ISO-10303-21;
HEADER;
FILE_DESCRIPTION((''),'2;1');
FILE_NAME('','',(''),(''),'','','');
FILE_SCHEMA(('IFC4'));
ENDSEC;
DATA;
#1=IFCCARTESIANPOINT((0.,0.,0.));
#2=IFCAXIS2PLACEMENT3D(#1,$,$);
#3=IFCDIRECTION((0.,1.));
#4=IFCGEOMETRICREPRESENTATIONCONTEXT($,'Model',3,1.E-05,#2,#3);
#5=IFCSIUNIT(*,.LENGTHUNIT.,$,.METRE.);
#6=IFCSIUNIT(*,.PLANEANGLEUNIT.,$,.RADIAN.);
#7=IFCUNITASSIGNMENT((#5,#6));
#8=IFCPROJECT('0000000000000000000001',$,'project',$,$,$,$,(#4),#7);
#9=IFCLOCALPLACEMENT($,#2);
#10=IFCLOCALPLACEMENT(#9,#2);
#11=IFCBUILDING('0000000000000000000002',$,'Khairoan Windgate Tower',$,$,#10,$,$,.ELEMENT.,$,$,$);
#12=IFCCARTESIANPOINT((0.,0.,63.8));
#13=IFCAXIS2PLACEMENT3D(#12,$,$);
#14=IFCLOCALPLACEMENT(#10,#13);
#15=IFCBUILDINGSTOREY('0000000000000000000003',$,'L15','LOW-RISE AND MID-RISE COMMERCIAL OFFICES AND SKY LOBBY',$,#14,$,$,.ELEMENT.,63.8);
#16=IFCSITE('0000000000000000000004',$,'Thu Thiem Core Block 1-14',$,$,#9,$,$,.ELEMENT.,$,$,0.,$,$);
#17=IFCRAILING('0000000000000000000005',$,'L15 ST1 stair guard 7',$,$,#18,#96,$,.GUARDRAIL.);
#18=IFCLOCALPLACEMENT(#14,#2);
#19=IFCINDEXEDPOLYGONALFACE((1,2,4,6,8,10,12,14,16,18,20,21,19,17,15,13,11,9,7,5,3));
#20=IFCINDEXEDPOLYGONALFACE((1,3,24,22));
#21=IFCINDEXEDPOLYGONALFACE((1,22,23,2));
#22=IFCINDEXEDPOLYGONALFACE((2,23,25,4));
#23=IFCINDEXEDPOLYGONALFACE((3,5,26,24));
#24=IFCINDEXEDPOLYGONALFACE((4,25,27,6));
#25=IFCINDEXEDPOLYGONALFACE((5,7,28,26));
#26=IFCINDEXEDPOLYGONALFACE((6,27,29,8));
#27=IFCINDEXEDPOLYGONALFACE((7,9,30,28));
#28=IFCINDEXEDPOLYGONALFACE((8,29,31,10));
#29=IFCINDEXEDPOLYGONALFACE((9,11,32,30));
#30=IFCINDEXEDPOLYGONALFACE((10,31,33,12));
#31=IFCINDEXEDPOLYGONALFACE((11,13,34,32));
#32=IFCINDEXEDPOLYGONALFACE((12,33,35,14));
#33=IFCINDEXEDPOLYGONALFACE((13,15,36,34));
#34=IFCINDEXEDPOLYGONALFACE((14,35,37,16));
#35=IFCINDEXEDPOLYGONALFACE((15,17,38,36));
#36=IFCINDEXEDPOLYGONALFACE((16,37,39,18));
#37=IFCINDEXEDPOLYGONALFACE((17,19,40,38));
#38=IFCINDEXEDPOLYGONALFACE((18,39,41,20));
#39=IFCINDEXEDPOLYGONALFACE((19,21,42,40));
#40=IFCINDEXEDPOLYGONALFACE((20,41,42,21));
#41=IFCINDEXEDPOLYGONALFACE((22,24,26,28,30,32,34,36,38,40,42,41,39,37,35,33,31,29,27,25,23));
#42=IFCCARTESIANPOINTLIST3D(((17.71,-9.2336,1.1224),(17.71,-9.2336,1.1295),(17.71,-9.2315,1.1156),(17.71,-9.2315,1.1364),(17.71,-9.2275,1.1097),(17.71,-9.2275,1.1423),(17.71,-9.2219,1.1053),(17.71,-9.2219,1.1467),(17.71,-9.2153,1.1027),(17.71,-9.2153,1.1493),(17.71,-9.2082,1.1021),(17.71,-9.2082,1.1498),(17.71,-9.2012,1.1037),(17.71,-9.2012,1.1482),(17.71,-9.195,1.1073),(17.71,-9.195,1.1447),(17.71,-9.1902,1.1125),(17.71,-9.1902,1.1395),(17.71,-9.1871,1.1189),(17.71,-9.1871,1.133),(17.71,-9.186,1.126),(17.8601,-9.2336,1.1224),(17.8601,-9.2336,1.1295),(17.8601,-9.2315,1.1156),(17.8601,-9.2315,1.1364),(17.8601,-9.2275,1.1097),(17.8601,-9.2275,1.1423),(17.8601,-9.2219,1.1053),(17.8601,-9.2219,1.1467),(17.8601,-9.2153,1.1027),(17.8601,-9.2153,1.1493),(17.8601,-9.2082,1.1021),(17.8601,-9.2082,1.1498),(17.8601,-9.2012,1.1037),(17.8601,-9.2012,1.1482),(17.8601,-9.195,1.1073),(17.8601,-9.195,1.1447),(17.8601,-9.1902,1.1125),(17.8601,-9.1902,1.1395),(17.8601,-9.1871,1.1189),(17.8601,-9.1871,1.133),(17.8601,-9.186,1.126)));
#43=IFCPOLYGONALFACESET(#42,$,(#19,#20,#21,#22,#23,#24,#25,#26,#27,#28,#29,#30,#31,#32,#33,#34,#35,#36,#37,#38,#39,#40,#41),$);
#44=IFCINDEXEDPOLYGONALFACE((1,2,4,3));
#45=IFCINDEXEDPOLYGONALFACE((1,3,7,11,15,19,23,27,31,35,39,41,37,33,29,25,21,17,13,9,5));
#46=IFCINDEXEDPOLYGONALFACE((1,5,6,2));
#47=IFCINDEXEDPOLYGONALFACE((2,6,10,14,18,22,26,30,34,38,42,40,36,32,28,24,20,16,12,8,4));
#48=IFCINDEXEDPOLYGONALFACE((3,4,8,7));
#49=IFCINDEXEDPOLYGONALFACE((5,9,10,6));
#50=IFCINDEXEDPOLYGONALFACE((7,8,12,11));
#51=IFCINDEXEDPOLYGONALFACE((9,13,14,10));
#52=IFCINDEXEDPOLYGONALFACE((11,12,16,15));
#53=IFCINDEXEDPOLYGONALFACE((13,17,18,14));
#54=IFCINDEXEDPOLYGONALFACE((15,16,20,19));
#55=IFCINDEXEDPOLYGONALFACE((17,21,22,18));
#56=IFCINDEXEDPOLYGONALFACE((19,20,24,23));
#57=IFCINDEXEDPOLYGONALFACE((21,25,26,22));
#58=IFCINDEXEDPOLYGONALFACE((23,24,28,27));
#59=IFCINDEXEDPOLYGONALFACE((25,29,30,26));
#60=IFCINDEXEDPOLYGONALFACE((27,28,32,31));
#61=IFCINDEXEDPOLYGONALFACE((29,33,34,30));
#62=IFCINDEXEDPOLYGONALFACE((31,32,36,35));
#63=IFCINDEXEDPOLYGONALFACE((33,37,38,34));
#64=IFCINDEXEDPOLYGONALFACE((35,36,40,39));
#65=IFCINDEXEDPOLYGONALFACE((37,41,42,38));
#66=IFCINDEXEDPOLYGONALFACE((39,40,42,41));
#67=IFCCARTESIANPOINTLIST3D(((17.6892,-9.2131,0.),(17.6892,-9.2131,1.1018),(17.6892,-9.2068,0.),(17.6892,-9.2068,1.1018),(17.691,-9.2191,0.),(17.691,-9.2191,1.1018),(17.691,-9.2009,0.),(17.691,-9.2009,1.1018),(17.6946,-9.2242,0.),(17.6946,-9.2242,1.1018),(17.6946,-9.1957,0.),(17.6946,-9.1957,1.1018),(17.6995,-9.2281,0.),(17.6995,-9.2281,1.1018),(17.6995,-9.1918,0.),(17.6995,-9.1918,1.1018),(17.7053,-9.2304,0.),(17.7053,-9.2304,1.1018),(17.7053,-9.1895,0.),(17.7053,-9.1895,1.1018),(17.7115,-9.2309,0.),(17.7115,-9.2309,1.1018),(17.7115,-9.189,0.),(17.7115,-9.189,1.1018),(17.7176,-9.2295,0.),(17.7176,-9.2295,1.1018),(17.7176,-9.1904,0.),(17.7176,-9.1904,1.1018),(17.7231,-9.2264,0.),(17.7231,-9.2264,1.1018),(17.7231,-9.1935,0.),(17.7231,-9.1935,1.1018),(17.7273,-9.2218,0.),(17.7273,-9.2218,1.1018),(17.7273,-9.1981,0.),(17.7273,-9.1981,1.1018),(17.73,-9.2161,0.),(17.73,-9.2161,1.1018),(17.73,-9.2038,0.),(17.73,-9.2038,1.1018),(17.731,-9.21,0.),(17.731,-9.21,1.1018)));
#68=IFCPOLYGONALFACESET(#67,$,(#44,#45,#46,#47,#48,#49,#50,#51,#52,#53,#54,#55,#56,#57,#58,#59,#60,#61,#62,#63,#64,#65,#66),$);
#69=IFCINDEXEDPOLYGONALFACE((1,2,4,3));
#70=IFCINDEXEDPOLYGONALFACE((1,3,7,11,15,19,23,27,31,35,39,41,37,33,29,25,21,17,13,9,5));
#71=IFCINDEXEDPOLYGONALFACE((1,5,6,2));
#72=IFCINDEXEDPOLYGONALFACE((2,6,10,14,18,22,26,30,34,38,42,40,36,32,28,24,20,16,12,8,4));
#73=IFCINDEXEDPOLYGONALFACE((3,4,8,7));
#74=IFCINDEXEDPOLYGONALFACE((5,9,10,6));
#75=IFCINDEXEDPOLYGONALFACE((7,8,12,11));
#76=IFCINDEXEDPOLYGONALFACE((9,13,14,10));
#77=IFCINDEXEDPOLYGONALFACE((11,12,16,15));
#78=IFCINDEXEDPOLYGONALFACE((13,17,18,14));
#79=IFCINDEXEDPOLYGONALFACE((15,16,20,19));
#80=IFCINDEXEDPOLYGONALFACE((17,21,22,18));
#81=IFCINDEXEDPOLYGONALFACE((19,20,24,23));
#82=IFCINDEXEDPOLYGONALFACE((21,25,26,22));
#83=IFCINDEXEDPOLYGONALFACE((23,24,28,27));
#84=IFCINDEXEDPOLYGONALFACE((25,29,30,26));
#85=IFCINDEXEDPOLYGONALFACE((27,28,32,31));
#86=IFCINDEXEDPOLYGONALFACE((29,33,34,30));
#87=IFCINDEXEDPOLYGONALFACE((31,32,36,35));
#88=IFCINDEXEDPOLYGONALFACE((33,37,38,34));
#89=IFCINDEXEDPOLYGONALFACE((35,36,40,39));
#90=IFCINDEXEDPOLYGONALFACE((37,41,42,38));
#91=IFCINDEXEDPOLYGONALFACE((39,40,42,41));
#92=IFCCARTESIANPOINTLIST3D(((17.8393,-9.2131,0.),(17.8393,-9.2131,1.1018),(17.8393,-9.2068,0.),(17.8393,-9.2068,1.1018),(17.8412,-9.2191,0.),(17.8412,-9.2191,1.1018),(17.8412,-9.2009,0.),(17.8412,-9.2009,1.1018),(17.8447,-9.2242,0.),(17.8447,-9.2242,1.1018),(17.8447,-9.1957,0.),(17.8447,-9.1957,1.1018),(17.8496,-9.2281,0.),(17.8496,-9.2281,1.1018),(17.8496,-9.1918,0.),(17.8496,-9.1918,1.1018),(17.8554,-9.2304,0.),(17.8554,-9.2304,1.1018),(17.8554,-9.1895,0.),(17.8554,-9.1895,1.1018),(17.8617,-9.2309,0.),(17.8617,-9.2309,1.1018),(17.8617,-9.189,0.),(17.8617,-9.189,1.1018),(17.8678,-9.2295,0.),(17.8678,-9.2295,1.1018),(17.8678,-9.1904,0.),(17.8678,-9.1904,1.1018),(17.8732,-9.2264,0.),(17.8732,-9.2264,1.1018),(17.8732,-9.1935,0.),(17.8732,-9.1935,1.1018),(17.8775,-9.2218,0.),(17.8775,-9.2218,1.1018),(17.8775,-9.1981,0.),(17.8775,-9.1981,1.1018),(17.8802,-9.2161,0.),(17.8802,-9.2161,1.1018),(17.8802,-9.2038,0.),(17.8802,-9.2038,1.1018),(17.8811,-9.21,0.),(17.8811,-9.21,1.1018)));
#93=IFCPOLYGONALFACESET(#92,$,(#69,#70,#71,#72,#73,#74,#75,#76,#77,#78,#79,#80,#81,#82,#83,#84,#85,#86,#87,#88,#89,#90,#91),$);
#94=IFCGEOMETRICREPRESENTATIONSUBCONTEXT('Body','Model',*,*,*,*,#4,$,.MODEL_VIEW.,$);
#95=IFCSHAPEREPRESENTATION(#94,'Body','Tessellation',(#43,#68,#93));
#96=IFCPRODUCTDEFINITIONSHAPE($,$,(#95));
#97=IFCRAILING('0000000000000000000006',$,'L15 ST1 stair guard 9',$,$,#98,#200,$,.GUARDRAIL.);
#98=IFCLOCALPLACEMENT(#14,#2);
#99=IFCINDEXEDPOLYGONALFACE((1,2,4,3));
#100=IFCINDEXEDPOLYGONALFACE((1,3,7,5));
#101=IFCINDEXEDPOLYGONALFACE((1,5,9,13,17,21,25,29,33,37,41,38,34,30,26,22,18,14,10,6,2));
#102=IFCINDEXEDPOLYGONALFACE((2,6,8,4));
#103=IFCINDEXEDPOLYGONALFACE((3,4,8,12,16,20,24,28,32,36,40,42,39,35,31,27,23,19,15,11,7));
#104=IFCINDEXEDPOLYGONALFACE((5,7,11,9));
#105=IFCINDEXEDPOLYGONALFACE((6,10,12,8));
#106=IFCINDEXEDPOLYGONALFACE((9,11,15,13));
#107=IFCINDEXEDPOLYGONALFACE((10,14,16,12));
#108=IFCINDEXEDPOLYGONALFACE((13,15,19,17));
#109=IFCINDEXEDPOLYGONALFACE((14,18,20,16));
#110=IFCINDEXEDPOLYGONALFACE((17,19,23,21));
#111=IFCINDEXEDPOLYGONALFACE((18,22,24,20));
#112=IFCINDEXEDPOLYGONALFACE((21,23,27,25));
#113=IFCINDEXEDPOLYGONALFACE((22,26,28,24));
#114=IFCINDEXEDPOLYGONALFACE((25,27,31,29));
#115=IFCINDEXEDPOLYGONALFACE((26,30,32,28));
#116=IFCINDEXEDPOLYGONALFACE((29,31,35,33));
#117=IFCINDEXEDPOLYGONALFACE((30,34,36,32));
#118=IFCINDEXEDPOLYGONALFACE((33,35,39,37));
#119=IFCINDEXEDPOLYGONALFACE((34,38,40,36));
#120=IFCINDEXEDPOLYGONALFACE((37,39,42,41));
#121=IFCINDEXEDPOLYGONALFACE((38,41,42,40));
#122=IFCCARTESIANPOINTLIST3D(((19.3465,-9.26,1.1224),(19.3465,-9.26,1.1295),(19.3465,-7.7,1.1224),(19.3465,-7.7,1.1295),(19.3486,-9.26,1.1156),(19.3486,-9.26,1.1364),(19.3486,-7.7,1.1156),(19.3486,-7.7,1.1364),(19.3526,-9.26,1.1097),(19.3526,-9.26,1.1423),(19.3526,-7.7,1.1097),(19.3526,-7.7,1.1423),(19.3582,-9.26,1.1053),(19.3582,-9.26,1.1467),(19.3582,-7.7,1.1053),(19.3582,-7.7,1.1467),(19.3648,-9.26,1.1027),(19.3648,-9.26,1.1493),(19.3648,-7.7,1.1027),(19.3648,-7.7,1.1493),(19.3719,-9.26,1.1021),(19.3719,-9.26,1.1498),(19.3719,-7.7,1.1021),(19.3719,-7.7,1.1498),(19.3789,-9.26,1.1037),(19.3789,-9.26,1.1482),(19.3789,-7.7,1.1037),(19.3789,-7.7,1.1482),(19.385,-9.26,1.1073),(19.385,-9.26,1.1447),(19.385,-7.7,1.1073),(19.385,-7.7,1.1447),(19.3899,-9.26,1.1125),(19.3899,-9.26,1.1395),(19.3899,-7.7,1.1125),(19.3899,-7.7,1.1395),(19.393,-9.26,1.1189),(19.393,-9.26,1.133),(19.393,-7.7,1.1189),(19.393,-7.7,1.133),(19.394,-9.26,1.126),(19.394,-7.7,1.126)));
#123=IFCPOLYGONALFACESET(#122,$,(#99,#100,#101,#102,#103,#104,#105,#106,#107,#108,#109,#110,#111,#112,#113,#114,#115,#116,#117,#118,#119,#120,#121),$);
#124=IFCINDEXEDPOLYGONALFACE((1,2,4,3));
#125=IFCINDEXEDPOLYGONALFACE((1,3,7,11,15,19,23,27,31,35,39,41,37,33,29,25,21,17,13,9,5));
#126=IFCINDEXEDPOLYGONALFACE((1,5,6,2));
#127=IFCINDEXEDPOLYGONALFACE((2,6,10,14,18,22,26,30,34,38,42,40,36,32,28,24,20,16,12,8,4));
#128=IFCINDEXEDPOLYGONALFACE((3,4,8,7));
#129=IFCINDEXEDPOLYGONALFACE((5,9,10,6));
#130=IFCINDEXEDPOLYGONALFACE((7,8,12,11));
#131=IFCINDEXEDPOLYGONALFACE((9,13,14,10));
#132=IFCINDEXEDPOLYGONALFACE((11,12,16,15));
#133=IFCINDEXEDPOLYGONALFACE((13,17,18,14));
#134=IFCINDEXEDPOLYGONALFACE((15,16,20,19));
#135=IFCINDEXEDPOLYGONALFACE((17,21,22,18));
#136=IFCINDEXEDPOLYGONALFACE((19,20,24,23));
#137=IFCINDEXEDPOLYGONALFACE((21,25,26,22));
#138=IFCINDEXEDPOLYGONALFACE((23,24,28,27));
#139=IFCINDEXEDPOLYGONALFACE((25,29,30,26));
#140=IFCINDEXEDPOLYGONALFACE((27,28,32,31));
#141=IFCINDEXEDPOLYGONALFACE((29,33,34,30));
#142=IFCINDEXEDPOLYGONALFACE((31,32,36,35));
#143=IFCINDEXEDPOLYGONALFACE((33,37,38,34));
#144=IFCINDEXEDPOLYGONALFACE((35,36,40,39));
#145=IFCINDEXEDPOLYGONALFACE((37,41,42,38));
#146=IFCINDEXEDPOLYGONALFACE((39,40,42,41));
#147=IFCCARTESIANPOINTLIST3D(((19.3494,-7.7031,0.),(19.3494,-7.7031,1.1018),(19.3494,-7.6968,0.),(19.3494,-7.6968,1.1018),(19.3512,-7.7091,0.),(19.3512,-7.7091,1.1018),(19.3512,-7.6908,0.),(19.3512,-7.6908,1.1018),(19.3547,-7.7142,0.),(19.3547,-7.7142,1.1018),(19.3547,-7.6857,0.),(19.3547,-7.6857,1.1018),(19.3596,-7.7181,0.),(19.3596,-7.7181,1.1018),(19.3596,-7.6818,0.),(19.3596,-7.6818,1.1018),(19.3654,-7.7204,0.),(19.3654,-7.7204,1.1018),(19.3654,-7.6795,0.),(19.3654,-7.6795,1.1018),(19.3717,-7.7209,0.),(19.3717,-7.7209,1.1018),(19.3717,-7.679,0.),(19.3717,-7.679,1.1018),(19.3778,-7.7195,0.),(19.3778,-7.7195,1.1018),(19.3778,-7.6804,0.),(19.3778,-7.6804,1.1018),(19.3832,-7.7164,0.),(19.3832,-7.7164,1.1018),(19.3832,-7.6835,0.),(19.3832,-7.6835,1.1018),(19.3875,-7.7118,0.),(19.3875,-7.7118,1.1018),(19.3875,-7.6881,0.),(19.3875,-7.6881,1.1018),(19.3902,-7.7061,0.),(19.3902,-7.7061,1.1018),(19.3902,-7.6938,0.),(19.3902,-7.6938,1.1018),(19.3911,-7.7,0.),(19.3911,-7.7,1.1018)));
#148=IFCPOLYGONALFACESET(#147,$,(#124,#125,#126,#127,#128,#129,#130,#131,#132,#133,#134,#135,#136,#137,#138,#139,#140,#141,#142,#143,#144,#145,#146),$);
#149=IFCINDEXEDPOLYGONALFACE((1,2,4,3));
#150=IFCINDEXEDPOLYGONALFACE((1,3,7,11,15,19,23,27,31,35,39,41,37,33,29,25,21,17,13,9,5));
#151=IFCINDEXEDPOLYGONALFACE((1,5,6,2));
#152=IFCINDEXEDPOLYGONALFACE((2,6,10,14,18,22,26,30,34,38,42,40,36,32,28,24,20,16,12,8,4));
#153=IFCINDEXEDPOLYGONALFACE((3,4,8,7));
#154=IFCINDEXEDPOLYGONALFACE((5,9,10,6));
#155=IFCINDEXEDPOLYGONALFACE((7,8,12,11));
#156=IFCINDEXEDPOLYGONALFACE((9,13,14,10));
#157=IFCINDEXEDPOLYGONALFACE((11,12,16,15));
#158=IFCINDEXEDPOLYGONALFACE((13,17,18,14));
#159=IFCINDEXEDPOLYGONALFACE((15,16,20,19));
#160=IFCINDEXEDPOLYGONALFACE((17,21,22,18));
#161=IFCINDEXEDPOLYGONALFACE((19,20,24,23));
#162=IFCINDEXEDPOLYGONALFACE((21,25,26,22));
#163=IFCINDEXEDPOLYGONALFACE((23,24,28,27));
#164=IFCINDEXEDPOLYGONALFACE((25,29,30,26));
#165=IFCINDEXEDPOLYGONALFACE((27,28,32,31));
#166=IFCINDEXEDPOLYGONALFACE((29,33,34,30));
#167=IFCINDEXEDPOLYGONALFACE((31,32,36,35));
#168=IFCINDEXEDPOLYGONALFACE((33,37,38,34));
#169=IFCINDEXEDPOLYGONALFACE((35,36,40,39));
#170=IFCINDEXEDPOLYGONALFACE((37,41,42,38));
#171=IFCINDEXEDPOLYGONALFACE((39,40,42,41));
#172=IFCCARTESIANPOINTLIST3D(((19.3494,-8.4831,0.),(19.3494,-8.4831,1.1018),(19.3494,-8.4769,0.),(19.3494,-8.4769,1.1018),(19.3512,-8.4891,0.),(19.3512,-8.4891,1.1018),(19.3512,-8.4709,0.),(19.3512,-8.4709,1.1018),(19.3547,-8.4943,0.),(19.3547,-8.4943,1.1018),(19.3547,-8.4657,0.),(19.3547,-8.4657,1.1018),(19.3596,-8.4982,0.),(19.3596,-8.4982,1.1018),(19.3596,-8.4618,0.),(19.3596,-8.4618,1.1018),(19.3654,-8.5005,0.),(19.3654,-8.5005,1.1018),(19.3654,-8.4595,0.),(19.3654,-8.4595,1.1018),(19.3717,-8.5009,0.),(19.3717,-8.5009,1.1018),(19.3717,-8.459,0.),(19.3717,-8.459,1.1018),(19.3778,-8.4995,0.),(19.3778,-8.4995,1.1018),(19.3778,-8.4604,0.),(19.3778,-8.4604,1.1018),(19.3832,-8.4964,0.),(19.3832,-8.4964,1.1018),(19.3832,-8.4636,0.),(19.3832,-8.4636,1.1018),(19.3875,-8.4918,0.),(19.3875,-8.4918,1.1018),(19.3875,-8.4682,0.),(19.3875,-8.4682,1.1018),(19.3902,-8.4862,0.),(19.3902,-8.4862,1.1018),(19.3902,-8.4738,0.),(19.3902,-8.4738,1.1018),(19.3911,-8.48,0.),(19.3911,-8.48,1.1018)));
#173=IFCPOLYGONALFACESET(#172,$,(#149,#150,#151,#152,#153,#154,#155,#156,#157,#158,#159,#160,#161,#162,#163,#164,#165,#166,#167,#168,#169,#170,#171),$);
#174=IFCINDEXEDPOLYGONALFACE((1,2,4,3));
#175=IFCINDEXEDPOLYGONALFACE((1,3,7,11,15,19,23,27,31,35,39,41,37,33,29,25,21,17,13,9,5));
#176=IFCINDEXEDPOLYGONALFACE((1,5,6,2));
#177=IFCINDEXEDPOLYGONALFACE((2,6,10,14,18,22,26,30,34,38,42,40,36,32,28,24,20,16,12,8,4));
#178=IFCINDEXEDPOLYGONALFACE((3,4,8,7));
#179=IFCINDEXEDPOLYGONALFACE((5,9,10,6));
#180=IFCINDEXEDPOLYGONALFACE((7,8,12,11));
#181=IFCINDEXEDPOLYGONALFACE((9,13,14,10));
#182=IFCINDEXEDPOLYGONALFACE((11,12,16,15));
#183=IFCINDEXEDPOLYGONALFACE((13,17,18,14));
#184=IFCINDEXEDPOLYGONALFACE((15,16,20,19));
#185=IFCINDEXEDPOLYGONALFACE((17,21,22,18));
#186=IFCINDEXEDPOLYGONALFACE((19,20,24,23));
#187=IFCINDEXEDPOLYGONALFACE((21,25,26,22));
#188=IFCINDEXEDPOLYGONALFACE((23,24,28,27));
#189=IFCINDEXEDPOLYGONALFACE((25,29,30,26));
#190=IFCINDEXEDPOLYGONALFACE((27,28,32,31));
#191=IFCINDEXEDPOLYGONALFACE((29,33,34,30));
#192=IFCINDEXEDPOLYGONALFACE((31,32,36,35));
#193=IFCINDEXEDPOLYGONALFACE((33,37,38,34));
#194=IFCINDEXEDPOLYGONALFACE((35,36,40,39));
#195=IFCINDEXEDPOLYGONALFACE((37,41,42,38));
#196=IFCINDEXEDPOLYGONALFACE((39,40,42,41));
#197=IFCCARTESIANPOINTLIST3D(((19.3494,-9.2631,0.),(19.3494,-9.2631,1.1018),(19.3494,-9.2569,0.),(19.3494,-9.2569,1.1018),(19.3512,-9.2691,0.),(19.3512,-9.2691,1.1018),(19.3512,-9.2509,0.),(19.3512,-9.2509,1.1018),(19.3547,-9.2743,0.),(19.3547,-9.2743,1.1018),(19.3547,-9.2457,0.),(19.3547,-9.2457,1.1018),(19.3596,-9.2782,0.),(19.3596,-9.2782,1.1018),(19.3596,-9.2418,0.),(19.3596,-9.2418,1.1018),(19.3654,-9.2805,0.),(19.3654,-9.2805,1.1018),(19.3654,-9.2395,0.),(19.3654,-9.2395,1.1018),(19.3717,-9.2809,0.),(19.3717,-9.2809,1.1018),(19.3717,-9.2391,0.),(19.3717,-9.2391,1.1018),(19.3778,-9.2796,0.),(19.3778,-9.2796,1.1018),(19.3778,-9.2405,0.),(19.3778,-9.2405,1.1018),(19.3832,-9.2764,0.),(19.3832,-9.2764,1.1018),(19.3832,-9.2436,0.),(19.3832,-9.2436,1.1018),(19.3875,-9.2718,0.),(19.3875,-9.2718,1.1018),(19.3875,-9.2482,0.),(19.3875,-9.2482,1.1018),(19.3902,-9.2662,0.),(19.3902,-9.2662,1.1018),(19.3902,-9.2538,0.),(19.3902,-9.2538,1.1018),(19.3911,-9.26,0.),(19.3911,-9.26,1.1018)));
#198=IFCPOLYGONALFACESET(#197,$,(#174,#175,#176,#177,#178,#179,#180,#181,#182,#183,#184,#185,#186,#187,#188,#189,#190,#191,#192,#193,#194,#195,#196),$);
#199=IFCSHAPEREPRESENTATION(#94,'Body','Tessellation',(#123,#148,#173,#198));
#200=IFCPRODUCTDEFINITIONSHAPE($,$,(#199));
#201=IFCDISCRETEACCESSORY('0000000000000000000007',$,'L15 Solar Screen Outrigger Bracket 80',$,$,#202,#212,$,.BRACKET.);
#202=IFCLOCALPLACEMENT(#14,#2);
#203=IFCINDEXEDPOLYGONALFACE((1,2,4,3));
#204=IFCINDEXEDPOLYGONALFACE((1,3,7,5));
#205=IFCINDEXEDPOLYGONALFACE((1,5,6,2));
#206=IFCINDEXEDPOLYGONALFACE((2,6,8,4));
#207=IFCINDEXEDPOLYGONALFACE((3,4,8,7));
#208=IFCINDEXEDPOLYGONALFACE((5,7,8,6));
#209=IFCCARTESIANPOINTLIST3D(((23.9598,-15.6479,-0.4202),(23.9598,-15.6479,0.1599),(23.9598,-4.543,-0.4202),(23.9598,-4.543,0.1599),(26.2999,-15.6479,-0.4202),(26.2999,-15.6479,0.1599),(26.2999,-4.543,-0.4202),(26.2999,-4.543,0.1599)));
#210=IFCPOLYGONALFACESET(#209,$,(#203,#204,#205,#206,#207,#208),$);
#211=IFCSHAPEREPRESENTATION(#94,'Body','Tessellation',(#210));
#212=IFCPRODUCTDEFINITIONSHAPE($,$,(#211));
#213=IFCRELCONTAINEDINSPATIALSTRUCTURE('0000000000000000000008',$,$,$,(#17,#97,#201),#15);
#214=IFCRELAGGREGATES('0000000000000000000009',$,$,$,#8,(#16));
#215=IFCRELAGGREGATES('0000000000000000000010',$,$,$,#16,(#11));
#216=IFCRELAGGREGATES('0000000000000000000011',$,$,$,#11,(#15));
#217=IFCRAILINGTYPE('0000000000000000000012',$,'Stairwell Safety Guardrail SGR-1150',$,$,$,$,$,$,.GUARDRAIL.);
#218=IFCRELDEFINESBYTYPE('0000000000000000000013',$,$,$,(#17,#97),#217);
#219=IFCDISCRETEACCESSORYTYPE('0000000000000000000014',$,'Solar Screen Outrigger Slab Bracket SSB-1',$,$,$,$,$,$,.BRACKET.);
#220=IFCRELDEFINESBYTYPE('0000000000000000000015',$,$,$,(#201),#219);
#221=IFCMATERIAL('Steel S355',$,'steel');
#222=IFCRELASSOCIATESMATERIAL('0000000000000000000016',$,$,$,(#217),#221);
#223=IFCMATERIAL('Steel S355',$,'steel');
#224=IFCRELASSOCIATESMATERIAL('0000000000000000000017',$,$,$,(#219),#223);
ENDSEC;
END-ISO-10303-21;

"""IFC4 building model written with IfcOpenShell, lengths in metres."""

from ifc_helpers import new_model, si_unit, direction, frame, origin, origin_2d, place, context, subcontext, project, spatial, rectangle, circle, extrude, material, type_object, element, save


model = new_model("IFC4")

# Units and contexts
model_context = context("Model", 3, precision=1e-05, world=origin(), true_north=direction((0.0, 1.0)))
body_context = subcontext(model_context, "Body", "Model", "MODEL_VIEW")
ifc_project = project(units=[si_unit("LENGTHUNIT", "METRE"), si_unit("PLANEANGLEUNIT", "RADIAN")], contexts=[model_context])

# Site, building, storey
site_placement = place(None, origin())
site = spatial("IfcSite", under=ifc_project, at=site_placement, Name="Thu Thiem Core Block 1-14", CompositionType="ELEMENT", RefElevation=0.0)
building_placement = place(site_placement, origin())
building = spatial("IfcBuilding", under=site, at=building_placement, Name="Khairoan Windgate Tower", CompositionType="ELEMENT")
storey_placement = place(building_placement, frame((0.0, 0.0, 63.8)))
storey = spatial("IfcBuildingStorey", under=building, at=storey_placement, Name="L15", Description="LOW-RISE AND MID-RISE COMMERCIAL OFFICES AND SKY LOBBY", CompositionType="ELEMENT", Elevation=63.8)

# Railings
ifc_material_1 = material(Name="Steel S355", Category="steel")
railing_type_1 = type_object("IfcRailingType", Name="Stairwell Safety Guardrail SGR-1150", PredefinedType="GUARDRAIL", material=ifc_material_1)
railing_1_placement = place(storey_placement, frame((17.71, -9.21, 0.0)))
element("IfcRailing", 1, at=railing_1_placement, inside=storey, type_object=railing_type_1, Name="L15 ST1 stair guard 7", PredefinedType="GUARDRAIL", context=body_context, shape_type="SweptSolid", body=[
    extrude(circle(Radius=0.0239, at=origin_2d()), frame((0.0, 0.0, 1.126), z_axis=(1.0, 0.0, 0.0), x_axis=(0.0, 1.0, 0.0)), (0.0, 0.0, 1.0), 0.1501),
    extrude(circle(Radius=0.021, at=origin_2d()), origin(), (0.0, 0.0, 1.0), 1.1018),
    extrude(circle(Radius=0.021, at=origin_2d()), frame((0.1501, 0.0, 0.0)), (0.0, 0.0, 1.0), 1.1018),
])
railing_2_placement = place(storey_placement, frame((19.3701, -7.7, 0.0)))
element("IfcRailing", 2, at=railing_2_placement, inside=storey, type_object=railing_type_1, Name="L15 ST1 stair guard 9", PredefinedType="GUARDRAIL", context=body_context, shape_type="SweptSolid", body=[
    extrude(circle(Radius=0.0239, at=origin_2d()), frame((0.0, 0.0, 1.126), z_axis=(0.0, -1.0, 0.0), x_axis=(1.0, 0.0, 0.0)), (0.0, 0.0, 1.0), 1.5601),
    extrude(circle(Radius=0.021, at=origin_2d()), origin(), (0.0, 0.0, 1.0), 1.1018),
    extrude(circle(Radius=0.021, at=origin_2d()), frame((0.0, -0.78, 0.0)), (0.0, 0.0, 1.0), 1.1018),
    extrude(circle(Radius=0.021, at=origin_2d()), frame((0.0, -1.5601, 0.0)), (0.0, 0.0, 1.0), 1.1018),
])

# Discrete accessory
ifc_material_2 = material(Name="Steel S355", Category="steel")
discrete_accessory_type = type_object("IfcDiscreteAccessoryType", Name="Solar Screen Outrigger Slab Bracket SSB-1", PredefinedType="BRACKET", material=ifc_material_2)
discrete_accessory_placement = place(storey_placement, frame((25.1299, -10.0955, -0.4202), z_axis=(0.0, 0.0, 1.0), x_axis=(0.0, -1.0, 0.0)))
element("IfcDiscreteAccessory", 3, at=discrete_accessory_placement, inside=storey, type_object=discrete_accessory_type, Name="L15 Solar Screen Outrigger Bracket 80", PredefinedType="BRACKET", context=body_context, shape_type="SweptSolid", body=[
    extrude(rectangle(XDim=11.105, YDim=2.3401, at=origin_2d()), origin(), (0.0, 0.0, 1.0), 0.5801),
])

save(model, "model.ifc")
